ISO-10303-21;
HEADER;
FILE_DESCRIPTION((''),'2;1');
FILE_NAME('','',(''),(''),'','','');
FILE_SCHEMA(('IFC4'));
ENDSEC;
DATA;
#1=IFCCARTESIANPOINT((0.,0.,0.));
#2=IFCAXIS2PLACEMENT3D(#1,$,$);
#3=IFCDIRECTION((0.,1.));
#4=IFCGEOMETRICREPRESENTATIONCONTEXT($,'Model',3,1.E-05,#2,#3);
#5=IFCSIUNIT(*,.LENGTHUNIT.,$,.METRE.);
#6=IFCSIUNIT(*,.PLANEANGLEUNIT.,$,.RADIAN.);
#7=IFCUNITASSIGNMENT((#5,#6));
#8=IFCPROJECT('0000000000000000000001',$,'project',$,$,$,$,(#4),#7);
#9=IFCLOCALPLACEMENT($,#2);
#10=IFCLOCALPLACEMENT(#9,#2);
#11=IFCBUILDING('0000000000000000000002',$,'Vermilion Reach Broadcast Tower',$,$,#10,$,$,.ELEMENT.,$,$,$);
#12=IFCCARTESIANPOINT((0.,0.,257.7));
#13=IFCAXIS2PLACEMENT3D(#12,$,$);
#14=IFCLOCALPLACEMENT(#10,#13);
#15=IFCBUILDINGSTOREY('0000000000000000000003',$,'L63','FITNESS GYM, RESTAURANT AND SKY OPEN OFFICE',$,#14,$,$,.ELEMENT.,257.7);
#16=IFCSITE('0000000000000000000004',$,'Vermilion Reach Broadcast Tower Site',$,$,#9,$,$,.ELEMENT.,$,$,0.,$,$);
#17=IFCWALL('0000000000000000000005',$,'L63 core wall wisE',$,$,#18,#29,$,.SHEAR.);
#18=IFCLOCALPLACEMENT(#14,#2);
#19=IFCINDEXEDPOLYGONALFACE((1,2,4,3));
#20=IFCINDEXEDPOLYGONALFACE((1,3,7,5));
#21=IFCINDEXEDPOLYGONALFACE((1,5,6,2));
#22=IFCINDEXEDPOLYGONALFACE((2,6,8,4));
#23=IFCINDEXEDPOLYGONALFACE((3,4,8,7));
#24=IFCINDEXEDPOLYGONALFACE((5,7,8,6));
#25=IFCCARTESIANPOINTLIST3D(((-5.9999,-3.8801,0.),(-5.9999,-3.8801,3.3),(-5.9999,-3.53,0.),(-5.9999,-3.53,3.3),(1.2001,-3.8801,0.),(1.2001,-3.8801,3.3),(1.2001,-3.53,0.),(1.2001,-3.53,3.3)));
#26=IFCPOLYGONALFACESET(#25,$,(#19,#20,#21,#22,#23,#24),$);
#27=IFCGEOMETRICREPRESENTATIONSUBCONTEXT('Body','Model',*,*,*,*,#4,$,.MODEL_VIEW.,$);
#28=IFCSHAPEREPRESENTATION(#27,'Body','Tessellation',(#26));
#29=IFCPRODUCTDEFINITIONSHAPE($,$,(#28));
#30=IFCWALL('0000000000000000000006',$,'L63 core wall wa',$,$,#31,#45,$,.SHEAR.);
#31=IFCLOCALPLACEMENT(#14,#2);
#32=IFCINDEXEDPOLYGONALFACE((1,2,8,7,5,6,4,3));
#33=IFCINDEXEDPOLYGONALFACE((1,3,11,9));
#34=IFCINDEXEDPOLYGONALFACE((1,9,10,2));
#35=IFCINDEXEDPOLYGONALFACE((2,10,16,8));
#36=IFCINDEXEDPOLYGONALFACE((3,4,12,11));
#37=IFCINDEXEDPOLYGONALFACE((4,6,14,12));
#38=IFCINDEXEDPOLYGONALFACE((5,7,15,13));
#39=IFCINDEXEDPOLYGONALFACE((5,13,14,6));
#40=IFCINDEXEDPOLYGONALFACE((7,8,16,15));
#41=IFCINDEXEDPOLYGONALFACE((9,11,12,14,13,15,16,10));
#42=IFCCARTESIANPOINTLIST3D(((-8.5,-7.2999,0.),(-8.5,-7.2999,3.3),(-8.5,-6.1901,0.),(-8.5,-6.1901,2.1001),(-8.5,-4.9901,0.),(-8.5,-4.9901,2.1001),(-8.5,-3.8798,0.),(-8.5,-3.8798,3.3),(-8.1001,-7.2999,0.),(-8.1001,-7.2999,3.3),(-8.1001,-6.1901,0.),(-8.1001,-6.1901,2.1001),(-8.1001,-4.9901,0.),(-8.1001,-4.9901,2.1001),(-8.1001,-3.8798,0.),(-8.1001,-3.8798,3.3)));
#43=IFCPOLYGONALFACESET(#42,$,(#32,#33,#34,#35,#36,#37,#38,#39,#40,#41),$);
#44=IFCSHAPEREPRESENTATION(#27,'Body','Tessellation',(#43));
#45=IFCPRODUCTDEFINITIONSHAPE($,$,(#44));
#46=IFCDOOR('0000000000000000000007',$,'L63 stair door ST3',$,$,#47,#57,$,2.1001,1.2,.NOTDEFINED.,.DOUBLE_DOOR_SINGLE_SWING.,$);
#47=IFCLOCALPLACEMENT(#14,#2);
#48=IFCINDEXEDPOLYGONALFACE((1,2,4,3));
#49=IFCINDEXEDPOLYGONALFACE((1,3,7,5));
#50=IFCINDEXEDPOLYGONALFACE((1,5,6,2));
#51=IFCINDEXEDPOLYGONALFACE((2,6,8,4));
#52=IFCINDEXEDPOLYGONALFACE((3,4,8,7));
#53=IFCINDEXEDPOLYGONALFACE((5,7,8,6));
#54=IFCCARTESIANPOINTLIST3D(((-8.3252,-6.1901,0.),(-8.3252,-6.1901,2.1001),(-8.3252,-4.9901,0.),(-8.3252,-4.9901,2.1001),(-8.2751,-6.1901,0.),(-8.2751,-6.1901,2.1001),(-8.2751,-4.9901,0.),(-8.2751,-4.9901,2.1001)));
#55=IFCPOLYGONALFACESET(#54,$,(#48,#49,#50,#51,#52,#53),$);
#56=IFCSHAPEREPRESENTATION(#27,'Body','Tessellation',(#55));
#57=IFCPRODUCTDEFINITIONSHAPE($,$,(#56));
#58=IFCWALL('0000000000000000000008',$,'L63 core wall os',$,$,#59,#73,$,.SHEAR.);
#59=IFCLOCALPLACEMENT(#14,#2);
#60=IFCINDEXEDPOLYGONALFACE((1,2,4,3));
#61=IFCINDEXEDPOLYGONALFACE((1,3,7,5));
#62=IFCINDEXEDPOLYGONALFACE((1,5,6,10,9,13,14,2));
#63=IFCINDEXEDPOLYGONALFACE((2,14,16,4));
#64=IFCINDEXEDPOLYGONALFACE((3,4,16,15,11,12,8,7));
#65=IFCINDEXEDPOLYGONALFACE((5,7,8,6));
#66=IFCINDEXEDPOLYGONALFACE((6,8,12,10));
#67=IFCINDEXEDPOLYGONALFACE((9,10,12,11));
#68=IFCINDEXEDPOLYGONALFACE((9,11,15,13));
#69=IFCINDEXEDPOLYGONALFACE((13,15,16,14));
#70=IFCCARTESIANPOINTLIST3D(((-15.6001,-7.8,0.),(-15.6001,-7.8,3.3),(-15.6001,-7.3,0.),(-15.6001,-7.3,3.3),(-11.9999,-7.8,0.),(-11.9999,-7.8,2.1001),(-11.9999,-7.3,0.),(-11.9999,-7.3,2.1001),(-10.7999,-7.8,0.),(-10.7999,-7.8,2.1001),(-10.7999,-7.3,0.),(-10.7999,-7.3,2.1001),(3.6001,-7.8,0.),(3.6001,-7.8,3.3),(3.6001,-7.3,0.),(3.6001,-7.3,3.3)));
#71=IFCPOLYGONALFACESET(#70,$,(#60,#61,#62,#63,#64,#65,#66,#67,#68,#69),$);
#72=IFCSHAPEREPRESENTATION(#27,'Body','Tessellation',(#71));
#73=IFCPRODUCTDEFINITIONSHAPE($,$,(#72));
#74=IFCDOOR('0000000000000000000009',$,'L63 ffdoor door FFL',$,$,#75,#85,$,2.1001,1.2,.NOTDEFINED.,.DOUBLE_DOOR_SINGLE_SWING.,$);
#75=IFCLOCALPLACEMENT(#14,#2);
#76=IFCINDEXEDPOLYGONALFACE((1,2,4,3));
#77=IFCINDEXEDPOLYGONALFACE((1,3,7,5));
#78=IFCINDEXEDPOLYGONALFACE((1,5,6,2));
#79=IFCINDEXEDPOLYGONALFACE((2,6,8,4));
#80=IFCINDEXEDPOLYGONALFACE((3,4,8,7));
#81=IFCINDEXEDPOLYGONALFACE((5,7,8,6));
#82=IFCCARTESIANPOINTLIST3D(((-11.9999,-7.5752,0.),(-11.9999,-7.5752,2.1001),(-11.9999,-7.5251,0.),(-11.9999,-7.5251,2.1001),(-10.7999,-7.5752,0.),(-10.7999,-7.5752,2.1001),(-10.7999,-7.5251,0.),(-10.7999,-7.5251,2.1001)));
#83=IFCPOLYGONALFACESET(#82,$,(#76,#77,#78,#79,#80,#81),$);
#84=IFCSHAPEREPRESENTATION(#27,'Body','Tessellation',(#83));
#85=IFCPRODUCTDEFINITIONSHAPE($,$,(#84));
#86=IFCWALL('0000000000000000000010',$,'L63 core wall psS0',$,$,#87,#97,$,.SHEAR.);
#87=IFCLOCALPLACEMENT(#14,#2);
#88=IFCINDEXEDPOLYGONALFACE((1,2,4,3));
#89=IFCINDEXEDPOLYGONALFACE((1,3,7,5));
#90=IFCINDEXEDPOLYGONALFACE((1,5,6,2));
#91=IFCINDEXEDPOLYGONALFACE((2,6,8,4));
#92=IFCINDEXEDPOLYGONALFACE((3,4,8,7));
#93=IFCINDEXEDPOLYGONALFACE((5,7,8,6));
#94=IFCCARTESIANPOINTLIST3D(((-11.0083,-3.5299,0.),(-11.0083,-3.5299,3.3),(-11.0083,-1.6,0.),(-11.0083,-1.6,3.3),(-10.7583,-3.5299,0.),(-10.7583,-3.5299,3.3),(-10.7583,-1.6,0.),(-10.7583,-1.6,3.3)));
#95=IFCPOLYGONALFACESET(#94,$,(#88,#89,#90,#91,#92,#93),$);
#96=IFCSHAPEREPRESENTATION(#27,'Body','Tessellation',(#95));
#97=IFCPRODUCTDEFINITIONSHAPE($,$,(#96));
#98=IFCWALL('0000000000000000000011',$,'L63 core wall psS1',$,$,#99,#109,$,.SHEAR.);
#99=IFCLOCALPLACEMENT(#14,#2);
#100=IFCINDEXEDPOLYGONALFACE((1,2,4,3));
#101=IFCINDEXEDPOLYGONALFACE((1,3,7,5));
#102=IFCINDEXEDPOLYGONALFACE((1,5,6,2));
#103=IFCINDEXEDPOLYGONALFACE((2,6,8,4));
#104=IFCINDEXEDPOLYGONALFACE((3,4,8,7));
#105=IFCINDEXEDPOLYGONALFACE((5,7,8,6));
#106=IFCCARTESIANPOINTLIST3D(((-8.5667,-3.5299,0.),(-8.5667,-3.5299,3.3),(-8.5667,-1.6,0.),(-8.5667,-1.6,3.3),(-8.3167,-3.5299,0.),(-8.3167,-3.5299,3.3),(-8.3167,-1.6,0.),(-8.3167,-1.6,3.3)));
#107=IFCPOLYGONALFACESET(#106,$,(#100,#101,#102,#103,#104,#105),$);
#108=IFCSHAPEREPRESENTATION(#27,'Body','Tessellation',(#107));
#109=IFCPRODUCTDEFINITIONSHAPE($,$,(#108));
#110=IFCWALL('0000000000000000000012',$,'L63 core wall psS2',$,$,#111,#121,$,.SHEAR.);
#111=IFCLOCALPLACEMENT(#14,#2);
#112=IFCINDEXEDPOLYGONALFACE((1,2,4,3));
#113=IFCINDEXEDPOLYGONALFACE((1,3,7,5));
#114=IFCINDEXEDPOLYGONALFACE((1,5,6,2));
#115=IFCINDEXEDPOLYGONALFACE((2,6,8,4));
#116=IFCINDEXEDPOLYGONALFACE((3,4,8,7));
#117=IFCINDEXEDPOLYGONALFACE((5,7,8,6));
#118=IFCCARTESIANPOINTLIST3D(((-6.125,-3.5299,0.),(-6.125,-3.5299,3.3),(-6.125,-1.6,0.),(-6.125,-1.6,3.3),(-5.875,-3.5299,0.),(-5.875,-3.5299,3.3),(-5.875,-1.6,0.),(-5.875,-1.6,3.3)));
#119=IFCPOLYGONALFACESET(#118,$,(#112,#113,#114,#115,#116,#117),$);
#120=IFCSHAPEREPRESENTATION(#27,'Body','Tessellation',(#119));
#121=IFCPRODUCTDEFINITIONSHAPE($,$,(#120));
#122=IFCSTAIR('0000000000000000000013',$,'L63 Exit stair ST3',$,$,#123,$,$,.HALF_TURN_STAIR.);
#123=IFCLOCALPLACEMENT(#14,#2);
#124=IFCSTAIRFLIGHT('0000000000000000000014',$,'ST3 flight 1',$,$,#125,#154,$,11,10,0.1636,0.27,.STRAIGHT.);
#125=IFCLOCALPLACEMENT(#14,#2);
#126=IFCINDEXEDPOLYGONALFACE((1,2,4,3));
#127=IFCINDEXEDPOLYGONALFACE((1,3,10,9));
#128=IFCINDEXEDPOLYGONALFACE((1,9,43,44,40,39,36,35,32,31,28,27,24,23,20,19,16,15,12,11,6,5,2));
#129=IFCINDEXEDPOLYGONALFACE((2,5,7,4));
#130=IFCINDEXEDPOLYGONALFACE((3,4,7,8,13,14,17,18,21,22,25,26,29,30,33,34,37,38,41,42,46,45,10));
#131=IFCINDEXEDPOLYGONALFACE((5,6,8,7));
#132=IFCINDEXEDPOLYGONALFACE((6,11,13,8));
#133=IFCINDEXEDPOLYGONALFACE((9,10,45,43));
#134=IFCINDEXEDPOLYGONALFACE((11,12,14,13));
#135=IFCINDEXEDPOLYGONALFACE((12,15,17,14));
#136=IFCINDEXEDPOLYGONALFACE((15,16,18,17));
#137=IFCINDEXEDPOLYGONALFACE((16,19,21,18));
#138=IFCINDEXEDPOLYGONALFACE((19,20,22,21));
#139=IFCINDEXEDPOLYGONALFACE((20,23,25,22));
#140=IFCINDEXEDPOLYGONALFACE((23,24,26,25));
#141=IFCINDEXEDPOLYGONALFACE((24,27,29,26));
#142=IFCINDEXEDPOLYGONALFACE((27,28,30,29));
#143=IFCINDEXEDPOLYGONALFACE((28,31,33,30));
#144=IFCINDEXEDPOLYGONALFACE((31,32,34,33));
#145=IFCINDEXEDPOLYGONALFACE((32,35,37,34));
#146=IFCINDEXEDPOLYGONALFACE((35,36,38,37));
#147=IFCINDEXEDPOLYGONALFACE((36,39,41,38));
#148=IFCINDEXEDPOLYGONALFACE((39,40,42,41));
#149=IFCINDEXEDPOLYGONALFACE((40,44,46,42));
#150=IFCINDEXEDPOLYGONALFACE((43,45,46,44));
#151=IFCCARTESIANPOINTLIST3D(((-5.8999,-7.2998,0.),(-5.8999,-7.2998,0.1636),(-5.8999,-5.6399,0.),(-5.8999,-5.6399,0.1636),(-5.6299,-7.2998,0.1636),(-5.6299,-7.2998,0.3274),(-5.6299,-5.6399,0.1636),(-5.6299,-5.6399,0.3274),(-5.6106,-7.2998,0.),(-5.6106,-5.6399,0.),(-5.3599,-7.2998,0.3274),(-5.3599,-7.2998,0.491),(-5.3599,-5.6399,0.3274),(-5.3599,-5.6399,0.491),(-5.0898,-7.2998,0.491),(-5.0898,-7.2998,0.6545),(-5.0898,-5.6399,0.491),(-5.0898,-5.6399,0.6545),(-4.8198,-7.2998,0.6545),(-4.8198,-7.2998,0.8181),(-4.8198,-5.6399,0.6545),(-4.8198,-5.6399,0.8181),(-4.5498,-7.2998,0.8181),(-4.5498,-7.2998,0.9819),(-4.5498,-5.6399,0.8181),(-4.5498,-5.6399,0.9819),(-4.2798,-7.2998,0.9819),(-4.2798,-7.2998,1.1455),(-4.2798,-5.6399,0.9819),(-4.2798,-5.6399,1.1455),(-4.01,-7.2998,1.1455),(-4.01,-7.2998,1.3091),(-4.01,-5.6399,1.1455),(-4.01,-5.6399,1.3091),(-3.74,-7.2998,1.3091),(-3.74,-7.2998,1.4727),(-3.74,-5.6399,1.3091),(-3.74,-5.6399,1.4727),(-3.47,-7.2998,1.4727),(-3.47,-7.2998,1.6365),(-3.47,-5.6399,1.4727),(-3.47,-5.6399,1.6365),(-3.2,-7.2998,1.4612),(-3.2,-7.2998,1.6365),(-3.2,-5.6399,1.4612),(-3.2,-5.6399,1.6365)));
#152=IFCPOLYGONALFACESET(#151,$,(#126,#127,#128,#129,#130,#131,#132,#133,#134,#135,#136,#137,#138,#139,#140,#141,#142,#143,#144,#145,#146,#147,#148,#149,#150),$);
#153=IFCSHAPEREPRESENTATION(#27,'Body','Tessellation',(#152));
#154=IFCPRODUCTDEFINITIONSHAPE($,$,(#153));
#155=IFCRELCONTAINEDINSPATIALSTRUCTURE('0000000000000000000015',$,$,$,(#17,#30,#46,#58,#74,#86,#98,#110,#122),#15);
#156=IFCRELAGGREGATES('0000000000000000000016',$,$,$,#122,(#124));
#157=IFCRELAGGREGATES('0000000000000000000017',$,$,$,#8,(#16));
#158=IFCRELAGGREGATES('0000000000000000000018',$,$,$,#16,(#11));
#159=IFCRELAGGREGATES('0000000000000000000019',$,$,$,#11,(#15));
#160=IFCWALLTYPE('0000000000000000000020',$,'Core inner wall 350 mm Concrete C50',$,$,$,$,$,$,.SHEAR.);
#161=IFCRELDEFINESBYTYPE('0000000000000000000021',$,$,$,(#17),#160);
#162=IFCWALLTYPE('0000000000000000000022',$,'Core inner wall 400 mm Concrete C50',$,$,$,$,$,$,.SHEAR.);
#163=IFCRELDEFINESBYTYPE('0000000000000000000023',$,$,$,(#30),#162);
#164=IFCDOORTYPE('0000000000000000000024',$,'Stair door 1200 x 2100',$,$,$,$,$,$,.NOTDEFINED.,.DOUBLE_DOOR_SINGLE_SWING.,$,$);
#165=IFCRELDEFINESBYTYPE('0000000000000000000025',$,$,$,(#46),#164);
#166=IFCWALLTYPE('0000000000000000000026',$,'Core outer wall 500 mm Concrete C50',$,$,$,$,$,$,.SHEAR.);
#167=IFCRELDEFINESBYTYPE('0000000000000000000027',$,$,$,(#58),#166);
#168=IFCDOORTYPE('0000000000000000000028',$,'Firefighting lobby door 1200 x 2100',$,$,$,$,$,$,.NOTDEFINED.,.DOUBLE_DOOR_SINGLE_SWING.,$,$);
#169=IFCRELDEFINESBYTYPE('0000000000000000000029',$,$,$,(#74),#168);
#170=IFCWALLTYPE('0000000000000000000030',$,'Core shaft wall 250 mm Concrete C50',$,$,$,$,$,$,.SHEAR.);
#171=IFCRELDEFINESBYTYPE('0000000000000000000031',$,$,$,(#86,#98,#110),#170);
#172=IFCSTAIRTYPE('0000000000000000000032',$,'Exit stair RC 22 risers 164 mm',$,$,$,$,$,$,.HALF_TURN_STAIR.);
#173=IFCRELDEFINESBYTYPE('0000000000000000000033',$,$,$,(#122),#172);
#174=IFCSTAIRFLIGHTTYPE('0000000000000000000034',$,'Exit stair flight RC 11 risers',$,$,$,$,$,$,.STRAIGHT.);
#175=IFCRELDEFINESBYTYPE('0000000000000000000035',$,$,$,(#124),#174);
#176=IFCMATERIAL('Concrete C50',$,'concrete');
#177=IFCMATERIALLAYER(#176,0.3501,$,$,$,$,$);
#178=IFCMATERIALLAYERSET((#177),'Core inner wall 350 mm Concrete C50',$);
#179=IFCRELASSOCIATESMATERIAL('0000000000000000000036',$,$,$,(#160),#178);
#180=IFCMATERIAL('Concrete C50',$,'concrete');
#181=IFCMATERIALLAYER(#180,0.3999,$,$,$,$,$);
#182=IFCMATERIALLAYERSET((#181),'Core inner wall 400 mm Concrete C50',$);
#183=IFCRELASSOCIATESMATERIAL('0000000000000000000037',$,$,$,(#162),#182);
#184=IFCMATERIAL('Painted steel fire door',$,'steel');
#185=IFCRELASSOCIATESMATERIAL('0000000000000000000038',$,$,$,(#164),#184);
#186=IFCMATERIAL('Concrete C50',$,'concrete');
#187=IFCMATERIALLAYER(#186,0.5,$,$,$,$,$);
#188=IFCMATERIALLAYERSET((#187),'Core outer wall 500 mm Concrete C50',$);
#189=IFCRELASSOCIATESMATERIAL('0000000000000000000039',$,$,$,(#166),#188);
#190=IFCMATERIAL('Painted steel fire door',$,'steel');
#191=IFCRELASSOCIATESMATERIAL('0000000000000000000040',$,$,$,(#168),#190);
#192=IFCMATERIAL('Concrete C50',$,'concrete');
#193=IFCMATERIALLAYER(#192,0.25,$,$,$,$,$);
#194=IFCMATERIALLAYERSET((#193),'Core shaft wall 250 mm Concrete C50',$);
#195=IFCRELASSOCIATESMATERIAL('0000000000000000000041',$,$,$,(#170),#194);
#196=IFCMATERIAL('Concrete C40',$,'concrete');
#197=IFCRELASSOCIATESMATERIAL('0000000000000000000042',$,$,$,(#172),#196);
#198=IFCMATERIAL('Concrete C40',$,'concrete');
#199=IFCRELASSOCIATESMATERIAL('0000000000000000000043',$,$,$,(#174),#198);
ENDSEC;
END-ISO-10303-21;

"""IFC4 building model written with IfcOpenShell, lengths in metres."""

from ifc_helpers import new_model, si_unit, direction, frame, frame_2d, origin, place, context, subcontext, project, spatial, polyline, rectangle, outline, extrude, material, layer, layer_set, type_object, element, fill, aggregate, save


model = new_model("IFC4")

# Units and contexts
model_context = context("Model", 3, precision=1e-05, world=origin(), true_north=direction((0.0, 1.0)))
body_context = subcontext(model_context, "Body", "Model", "MODEL_VIEW")
ifc_project = project(units=[si_unit("LENGTHUNIT", "METRE"), si_unit("PLANEANGLEUNIT", "RADIAN")], contexts=[model_context])

# Site, building, storey
site_placement = place(None, origin())
site = spatial("IfcSite", under=ifc_project, at=site_placement, Name="Vermilion Reach Broadcast Tower Site", CompositionType="ELEMENT", RefElevation=0.0)
building_placement = place(site_placement, origin())
building = spatial("IfcBuilding", under=site, at=building_placement, Name="Vermilion Reach Broadcast Tower", CompositionType="ELEMENT")
storey_placement = place(building_placement, frame((0.0, 0.0, 257.7)))
storey = spatial("IfcBuildingStorey", under=building, at=storey_placement, Name="L63", Description="FITNESS GYM, RESTAURANT AND SKY OPEN OFFICE", CompositionType="ELEMENT", Elevation=257.7)

# Shared definitions
ifc_material_1 = material(Name="Concrete C50", Category="concrete")
ifc_layer_1 = layer(ifc_material_1, 0.3501)
ifc_layer_set_1 = layer_set([ifc_layer_1], Name="Core inner wall 350 mm Concrete C50")
wall_type_1 = type_object("IfcWallType", Name="Core inner wall 350 mm Concrete C50", PredefinedType="SHEAR", material=ifc_layer_set_1)

# Wall
wall_1_placement = place(storey_placement, frame((-6.0, -3.7051, 0.0), z_axis=(0.0, 0.0, 1.0), x_axis=(1.0, 0.0, 0.0)))
element("IfcWall", 1, at=wall_1_placement, inside=storey, type_object=wall_type_1, Name="L63 core wall wisE", PredefinedType="SHEAR", context=body_context, shape_type="SweptSolid", body=[
    extrude(rectangle(XDim=7.2, YDim=0.3501, at=frame_2d((3.6001, 0.0))), origin(), (0.0, 0.0, 1.0), 3.3),
])

# Walls, openings, doors
ifc_material_2 = material(Name="Concrete C50", Category="concrete")
ifc_layer_2 = layer(ifc_material_2, 0.3999)
ifc_layer_set_2 = layer_set([ifc_layer_2], Name="Core inner wall 400 mm Concrete C50")
wall_type_2 = type_object("IfcWallType", Name="Core inner wall 400 mm Concrete C50", PredefinedType="SHEAR", material=ifc_layer_set_2)
wall_2_placement = place(storey_placement, frame((-8.3, -3.8799, 0.0), z_axis=(0.0, 0.0, 1.0), x_axis=(0.0, -1.0, 0.0)))
wall_2 = element("IfcWall", 2, at=wall_2_placement, inside=storey, type_object=wall_type_2, Name="L63 core wall wa", PredefinedType="SHEAR", context=body_context, shape_type="SweptSolid", body=[
    extrude(rectangle(XDim=3.4202, YDim=0.3999, at=frame_2d((1.71, 0.0))), origin(), (0.0, 0.0, 1.0), 3.3),
])
opening_1_placement = place(wall_2_placement, frame((1.1101, 0.0, 0.0)))
opening_1 = element("IfcOpeningElement", 3, at=opening_1_placement, cuts=wall_2, PredefinedType="OPENING", context=body_context, shape_type="SweptSolid", body=[
    extrude(rectangle(XDim=1.2, YDim=2.1001, at=frame_2d((0.6001, 1.05))), frame((0.0, 0.21, 0.0), z_axis=(0.0, -1.0, 0.0), x_axis=(1.0, 0.0, 0.0)), (0.0, 0.0, 1.0), 0.4199),
])
ifc_material_3 = material(Name="Painted steel fire door", Category="steel")
door_type_1 = type_object("IfcDoorType", Name="Stair door 1200 x 2100", OperationType="DOUBLE_DOOR_SINGLE_SWING", PredefinedType="NOTDEFINED", material=ifc_material_3)
door_1_placement = place(opening_1_placement, origin())
door_1 = element("IfcDoor", 4, at=door_1_placement, inside=storey, type_object=door_type_1, Name="L63 stair door ST3", OperationType="DOUBLE_DOOR_SINGLE_SWING", OverallHeight=2.1001, OverallWidth=1.2, PredefinedType="NOTDEFINED", context=body_context, shape_type="SweptSolid", body=[
    extrude(rectangle(XDim=1.2, YDim=2.1001, at=frame_2d((0.6001, 1.05))), frame((0.0, 0.0249, 0.0), z_axis=(0.0, -1.0, 0.0), x_axis=(1.0, 0.0, 0.0)), (0.0, 0.0, 1.0), 0.05),
])
fill(opening_1, door_1)
ifc_material_4 = material(Name="Concrete C50", Category="concrete")
ifc_layer_3 = layer(ifc_material_4, 0.5)
ifc_layer_set_3 = layer_set([ifc_layer_3], Name="Core outer wall 500 mm Concrete C50")
wall_type_3 = type_object("IfcWallType", Name="Core outer wall 500 mm Concrete C50", PredefinedType="SHEAR", material=ifc_layer_set_3)
wall_3_placement = place(storey_placement, frame((-15.6001, -7.55, 0.0), z_axis=(0.0, 0.0, 1.0), x_axis=(1.0, 0.0, 0.0)))
wall_3 = element("IfcWall", 5, at=wall_3_placement, inside=storey, type_object=wall_type_3, Name="L63 core wall os", PredefinedType="SHEAR", context=body_context, shape_type="SweptSolid", body=[
    extrude(rectangle(XDim=19.2002, YDim=0.5, at=frame_2d((9.6001, 0.0))), origin(), (0.0, 0.0, 1.0), 3.3),
])
opening_2_placement = place(wall_3_placement, frame((3.6001, 0.0, 0.0)))
opening_2 = element("IfcOpeningElement", 6, at=opening_2_placement, cuts=wall_3, PredefinedType="OPENING", context=body_context, shape_type="SweptSolid", body=[
    extrude(rectangle(XDim=1.2, YDim=2.1001, at=frame_2d((0.6001, 1.05))), frame((0.0, 0.26, 0.0), z_axis=(0.0, -1.0, 0.0), x_axis=(1.0, 0.0, 0.0)), (0.0, 0.0, 1.0), 0.52),
])
ifc_material_5 = material(Name="Painted steel fire door", Category="steel")
door_type_2 = type_object("IfcDoorType", Name="Firefighting lobby door 1200 x 2100", OperationType="DOUBLE_DOOR_SINGLE_SWING", PredefinedType="NOTDEFINED", material=ifc_material_5)
door_2_placement = place(opening_2_placement, origin())
door_2 = element("IfcDoor", 7, at=door_2_placement, inside=storey, type_object=door_type_2, Name="L63 ffdoor door FFL", OperationType="DOUBLE_DOOR_SINGLE_SWING", OverallHeight=2.1001, OverallWidth=1.2, PredefinedType="NOTDEFINED", context=body_context, shape_type="SweptSolid", body=[
    extrude(rectangle(XDim=1.2, YDim=2.1001, at=frame_2d((0.6001, 1.05))), frame((0.0, 0.0249, 0.0), z_axis=(0.0, -1.0, 0.0), x_axis=(1.0, 0.0, 0.0)), (0.0, 0.0, 1.0), 0.05),
])
fill(opening_2, door_2)

# Walls
ifc_material_6 = material(Name="Concrete C50", Category="concrete")
ifc_layer_4 = layer(ifc_material_6, 0.25)
ifc_layer_set_4 = layer_set([ifc_layer_4], Name="Core shaft wall 250 mm Concrete C50")
wall_type_4 = type_object("IfcWallType", Name="Core shaft wall 250 mm Concrete C50", PredefinedType="SHEAR", material=ifc_layer_set_4)
for number, where, z_axis, x_axis, name in (
    (8, (-10.8833, -1.6001, 0.0), (0.0, 0.0, 1.0), (0.0, -1.0, 0.0), "L63 core wall psS0"),
    (9, (-8.4417, -1.6001, 0.0), (0.0, 0.0, 1.0), (0.0, -1.0, 0.0), "L63 core wall psS1"),
    (10, (-6.0, -1.6001, 0.0), (0.0, 0.0, 1.0), (0.0, -1.0, 0.0), "L63 core wall psS2"),
):
    element("IfcWall", number, at=place(storey_placement, frame(where, z_axis=z_axis, x_axis=x_axis)), inside=storey, type_object=wall_type_4, Name=name, PredefinedType="SHEAR", context=body_context, shape_type="SweptSolid", body=[
        extrude(rectangle(XDim=1.9299, YDim=0.25, at=frame_2d((0.9648, 0.0))), origin(), (0.0, 0.0, 1.0), 3.3),
    ])

# Stair, stair flight
ifc_material_7 = material(Name="Concrete C40", Category="concrete")
stair_type = type_object("IfcStairType", Name="Exit stair RC 22 risers 164 mm", PredefinedType="HALF_TURN_STAIR", material=ifc_material_7)
stair_placement = place(storey_placement, origin())
stair = element("IfcStair", 11, at=stair_placement, inside=storey, type_object=stair_type, Name="L63 Exit stair ST3", PredefinedType="HALF_TURN_STAIR")
ifc_material_8 = material(Name="Concrete C40", Category="concrete")
stair_flight_type = type_object("IfcStairFlightType", Name="Exit stair flight RC 11 risers", PredefinedType="STRAIGHT", material=ifc_material_8)
stair_flight_placement = place(storey_placement, frame((-5.8999, -6.47, 0.0), z_axis=(0.0, 0.0, 1.0), x_axis=(1.0, 0.0, 0.0)))
stair_flight = element("IfcStairFlight", 12, at=stair_flight_placement, type_object=stair_flight_type, Name="ST3 flight 1", NumberOfRisers=11, NumberOfTreads=10, PredefinedType="STRAIGHT", RiserHeight=0.1636, TreadLength=0.27, context=body_context, shape_type="SweptSolid", body=[
    extrude(outline(polyline([(0.0, 0.0), (0.0, 0.1636), (0.27, 0.1636), (0.27, 0.3274), (0.54, 0.3274), (0.54, 0.491), (0.8101, 0.491), (0.8101, 0.6545), (1.0801, 0.6545), (1.0801, 0.8181), (1.3501, 0.8181), (1.3501, 0.9819), (1.6201, 0.9819), (1.6201, 1.1455), (1.8899, 1.1455), (1.8899, 1.3091), (2.1599, 1.3091), (2.1599, 1.4727), (2.4299, 1.4727), (2.4299, 1.6365), (2.7, 1.6365), (2.7, 1.8), (2.7, 1.4612), (0.2893, 0.0), (0.0, 0.0)])), frame((0.0, 0.8301, 0.0), z_axis=(0.0, -1.0, 0.0), x_axis=(1.0, 0.0, 0.0)), (0.0, 0.0, 1.0), 1.6599),
])
aggregate(stair, [stair_flight])

save(model, "model.ifc")
